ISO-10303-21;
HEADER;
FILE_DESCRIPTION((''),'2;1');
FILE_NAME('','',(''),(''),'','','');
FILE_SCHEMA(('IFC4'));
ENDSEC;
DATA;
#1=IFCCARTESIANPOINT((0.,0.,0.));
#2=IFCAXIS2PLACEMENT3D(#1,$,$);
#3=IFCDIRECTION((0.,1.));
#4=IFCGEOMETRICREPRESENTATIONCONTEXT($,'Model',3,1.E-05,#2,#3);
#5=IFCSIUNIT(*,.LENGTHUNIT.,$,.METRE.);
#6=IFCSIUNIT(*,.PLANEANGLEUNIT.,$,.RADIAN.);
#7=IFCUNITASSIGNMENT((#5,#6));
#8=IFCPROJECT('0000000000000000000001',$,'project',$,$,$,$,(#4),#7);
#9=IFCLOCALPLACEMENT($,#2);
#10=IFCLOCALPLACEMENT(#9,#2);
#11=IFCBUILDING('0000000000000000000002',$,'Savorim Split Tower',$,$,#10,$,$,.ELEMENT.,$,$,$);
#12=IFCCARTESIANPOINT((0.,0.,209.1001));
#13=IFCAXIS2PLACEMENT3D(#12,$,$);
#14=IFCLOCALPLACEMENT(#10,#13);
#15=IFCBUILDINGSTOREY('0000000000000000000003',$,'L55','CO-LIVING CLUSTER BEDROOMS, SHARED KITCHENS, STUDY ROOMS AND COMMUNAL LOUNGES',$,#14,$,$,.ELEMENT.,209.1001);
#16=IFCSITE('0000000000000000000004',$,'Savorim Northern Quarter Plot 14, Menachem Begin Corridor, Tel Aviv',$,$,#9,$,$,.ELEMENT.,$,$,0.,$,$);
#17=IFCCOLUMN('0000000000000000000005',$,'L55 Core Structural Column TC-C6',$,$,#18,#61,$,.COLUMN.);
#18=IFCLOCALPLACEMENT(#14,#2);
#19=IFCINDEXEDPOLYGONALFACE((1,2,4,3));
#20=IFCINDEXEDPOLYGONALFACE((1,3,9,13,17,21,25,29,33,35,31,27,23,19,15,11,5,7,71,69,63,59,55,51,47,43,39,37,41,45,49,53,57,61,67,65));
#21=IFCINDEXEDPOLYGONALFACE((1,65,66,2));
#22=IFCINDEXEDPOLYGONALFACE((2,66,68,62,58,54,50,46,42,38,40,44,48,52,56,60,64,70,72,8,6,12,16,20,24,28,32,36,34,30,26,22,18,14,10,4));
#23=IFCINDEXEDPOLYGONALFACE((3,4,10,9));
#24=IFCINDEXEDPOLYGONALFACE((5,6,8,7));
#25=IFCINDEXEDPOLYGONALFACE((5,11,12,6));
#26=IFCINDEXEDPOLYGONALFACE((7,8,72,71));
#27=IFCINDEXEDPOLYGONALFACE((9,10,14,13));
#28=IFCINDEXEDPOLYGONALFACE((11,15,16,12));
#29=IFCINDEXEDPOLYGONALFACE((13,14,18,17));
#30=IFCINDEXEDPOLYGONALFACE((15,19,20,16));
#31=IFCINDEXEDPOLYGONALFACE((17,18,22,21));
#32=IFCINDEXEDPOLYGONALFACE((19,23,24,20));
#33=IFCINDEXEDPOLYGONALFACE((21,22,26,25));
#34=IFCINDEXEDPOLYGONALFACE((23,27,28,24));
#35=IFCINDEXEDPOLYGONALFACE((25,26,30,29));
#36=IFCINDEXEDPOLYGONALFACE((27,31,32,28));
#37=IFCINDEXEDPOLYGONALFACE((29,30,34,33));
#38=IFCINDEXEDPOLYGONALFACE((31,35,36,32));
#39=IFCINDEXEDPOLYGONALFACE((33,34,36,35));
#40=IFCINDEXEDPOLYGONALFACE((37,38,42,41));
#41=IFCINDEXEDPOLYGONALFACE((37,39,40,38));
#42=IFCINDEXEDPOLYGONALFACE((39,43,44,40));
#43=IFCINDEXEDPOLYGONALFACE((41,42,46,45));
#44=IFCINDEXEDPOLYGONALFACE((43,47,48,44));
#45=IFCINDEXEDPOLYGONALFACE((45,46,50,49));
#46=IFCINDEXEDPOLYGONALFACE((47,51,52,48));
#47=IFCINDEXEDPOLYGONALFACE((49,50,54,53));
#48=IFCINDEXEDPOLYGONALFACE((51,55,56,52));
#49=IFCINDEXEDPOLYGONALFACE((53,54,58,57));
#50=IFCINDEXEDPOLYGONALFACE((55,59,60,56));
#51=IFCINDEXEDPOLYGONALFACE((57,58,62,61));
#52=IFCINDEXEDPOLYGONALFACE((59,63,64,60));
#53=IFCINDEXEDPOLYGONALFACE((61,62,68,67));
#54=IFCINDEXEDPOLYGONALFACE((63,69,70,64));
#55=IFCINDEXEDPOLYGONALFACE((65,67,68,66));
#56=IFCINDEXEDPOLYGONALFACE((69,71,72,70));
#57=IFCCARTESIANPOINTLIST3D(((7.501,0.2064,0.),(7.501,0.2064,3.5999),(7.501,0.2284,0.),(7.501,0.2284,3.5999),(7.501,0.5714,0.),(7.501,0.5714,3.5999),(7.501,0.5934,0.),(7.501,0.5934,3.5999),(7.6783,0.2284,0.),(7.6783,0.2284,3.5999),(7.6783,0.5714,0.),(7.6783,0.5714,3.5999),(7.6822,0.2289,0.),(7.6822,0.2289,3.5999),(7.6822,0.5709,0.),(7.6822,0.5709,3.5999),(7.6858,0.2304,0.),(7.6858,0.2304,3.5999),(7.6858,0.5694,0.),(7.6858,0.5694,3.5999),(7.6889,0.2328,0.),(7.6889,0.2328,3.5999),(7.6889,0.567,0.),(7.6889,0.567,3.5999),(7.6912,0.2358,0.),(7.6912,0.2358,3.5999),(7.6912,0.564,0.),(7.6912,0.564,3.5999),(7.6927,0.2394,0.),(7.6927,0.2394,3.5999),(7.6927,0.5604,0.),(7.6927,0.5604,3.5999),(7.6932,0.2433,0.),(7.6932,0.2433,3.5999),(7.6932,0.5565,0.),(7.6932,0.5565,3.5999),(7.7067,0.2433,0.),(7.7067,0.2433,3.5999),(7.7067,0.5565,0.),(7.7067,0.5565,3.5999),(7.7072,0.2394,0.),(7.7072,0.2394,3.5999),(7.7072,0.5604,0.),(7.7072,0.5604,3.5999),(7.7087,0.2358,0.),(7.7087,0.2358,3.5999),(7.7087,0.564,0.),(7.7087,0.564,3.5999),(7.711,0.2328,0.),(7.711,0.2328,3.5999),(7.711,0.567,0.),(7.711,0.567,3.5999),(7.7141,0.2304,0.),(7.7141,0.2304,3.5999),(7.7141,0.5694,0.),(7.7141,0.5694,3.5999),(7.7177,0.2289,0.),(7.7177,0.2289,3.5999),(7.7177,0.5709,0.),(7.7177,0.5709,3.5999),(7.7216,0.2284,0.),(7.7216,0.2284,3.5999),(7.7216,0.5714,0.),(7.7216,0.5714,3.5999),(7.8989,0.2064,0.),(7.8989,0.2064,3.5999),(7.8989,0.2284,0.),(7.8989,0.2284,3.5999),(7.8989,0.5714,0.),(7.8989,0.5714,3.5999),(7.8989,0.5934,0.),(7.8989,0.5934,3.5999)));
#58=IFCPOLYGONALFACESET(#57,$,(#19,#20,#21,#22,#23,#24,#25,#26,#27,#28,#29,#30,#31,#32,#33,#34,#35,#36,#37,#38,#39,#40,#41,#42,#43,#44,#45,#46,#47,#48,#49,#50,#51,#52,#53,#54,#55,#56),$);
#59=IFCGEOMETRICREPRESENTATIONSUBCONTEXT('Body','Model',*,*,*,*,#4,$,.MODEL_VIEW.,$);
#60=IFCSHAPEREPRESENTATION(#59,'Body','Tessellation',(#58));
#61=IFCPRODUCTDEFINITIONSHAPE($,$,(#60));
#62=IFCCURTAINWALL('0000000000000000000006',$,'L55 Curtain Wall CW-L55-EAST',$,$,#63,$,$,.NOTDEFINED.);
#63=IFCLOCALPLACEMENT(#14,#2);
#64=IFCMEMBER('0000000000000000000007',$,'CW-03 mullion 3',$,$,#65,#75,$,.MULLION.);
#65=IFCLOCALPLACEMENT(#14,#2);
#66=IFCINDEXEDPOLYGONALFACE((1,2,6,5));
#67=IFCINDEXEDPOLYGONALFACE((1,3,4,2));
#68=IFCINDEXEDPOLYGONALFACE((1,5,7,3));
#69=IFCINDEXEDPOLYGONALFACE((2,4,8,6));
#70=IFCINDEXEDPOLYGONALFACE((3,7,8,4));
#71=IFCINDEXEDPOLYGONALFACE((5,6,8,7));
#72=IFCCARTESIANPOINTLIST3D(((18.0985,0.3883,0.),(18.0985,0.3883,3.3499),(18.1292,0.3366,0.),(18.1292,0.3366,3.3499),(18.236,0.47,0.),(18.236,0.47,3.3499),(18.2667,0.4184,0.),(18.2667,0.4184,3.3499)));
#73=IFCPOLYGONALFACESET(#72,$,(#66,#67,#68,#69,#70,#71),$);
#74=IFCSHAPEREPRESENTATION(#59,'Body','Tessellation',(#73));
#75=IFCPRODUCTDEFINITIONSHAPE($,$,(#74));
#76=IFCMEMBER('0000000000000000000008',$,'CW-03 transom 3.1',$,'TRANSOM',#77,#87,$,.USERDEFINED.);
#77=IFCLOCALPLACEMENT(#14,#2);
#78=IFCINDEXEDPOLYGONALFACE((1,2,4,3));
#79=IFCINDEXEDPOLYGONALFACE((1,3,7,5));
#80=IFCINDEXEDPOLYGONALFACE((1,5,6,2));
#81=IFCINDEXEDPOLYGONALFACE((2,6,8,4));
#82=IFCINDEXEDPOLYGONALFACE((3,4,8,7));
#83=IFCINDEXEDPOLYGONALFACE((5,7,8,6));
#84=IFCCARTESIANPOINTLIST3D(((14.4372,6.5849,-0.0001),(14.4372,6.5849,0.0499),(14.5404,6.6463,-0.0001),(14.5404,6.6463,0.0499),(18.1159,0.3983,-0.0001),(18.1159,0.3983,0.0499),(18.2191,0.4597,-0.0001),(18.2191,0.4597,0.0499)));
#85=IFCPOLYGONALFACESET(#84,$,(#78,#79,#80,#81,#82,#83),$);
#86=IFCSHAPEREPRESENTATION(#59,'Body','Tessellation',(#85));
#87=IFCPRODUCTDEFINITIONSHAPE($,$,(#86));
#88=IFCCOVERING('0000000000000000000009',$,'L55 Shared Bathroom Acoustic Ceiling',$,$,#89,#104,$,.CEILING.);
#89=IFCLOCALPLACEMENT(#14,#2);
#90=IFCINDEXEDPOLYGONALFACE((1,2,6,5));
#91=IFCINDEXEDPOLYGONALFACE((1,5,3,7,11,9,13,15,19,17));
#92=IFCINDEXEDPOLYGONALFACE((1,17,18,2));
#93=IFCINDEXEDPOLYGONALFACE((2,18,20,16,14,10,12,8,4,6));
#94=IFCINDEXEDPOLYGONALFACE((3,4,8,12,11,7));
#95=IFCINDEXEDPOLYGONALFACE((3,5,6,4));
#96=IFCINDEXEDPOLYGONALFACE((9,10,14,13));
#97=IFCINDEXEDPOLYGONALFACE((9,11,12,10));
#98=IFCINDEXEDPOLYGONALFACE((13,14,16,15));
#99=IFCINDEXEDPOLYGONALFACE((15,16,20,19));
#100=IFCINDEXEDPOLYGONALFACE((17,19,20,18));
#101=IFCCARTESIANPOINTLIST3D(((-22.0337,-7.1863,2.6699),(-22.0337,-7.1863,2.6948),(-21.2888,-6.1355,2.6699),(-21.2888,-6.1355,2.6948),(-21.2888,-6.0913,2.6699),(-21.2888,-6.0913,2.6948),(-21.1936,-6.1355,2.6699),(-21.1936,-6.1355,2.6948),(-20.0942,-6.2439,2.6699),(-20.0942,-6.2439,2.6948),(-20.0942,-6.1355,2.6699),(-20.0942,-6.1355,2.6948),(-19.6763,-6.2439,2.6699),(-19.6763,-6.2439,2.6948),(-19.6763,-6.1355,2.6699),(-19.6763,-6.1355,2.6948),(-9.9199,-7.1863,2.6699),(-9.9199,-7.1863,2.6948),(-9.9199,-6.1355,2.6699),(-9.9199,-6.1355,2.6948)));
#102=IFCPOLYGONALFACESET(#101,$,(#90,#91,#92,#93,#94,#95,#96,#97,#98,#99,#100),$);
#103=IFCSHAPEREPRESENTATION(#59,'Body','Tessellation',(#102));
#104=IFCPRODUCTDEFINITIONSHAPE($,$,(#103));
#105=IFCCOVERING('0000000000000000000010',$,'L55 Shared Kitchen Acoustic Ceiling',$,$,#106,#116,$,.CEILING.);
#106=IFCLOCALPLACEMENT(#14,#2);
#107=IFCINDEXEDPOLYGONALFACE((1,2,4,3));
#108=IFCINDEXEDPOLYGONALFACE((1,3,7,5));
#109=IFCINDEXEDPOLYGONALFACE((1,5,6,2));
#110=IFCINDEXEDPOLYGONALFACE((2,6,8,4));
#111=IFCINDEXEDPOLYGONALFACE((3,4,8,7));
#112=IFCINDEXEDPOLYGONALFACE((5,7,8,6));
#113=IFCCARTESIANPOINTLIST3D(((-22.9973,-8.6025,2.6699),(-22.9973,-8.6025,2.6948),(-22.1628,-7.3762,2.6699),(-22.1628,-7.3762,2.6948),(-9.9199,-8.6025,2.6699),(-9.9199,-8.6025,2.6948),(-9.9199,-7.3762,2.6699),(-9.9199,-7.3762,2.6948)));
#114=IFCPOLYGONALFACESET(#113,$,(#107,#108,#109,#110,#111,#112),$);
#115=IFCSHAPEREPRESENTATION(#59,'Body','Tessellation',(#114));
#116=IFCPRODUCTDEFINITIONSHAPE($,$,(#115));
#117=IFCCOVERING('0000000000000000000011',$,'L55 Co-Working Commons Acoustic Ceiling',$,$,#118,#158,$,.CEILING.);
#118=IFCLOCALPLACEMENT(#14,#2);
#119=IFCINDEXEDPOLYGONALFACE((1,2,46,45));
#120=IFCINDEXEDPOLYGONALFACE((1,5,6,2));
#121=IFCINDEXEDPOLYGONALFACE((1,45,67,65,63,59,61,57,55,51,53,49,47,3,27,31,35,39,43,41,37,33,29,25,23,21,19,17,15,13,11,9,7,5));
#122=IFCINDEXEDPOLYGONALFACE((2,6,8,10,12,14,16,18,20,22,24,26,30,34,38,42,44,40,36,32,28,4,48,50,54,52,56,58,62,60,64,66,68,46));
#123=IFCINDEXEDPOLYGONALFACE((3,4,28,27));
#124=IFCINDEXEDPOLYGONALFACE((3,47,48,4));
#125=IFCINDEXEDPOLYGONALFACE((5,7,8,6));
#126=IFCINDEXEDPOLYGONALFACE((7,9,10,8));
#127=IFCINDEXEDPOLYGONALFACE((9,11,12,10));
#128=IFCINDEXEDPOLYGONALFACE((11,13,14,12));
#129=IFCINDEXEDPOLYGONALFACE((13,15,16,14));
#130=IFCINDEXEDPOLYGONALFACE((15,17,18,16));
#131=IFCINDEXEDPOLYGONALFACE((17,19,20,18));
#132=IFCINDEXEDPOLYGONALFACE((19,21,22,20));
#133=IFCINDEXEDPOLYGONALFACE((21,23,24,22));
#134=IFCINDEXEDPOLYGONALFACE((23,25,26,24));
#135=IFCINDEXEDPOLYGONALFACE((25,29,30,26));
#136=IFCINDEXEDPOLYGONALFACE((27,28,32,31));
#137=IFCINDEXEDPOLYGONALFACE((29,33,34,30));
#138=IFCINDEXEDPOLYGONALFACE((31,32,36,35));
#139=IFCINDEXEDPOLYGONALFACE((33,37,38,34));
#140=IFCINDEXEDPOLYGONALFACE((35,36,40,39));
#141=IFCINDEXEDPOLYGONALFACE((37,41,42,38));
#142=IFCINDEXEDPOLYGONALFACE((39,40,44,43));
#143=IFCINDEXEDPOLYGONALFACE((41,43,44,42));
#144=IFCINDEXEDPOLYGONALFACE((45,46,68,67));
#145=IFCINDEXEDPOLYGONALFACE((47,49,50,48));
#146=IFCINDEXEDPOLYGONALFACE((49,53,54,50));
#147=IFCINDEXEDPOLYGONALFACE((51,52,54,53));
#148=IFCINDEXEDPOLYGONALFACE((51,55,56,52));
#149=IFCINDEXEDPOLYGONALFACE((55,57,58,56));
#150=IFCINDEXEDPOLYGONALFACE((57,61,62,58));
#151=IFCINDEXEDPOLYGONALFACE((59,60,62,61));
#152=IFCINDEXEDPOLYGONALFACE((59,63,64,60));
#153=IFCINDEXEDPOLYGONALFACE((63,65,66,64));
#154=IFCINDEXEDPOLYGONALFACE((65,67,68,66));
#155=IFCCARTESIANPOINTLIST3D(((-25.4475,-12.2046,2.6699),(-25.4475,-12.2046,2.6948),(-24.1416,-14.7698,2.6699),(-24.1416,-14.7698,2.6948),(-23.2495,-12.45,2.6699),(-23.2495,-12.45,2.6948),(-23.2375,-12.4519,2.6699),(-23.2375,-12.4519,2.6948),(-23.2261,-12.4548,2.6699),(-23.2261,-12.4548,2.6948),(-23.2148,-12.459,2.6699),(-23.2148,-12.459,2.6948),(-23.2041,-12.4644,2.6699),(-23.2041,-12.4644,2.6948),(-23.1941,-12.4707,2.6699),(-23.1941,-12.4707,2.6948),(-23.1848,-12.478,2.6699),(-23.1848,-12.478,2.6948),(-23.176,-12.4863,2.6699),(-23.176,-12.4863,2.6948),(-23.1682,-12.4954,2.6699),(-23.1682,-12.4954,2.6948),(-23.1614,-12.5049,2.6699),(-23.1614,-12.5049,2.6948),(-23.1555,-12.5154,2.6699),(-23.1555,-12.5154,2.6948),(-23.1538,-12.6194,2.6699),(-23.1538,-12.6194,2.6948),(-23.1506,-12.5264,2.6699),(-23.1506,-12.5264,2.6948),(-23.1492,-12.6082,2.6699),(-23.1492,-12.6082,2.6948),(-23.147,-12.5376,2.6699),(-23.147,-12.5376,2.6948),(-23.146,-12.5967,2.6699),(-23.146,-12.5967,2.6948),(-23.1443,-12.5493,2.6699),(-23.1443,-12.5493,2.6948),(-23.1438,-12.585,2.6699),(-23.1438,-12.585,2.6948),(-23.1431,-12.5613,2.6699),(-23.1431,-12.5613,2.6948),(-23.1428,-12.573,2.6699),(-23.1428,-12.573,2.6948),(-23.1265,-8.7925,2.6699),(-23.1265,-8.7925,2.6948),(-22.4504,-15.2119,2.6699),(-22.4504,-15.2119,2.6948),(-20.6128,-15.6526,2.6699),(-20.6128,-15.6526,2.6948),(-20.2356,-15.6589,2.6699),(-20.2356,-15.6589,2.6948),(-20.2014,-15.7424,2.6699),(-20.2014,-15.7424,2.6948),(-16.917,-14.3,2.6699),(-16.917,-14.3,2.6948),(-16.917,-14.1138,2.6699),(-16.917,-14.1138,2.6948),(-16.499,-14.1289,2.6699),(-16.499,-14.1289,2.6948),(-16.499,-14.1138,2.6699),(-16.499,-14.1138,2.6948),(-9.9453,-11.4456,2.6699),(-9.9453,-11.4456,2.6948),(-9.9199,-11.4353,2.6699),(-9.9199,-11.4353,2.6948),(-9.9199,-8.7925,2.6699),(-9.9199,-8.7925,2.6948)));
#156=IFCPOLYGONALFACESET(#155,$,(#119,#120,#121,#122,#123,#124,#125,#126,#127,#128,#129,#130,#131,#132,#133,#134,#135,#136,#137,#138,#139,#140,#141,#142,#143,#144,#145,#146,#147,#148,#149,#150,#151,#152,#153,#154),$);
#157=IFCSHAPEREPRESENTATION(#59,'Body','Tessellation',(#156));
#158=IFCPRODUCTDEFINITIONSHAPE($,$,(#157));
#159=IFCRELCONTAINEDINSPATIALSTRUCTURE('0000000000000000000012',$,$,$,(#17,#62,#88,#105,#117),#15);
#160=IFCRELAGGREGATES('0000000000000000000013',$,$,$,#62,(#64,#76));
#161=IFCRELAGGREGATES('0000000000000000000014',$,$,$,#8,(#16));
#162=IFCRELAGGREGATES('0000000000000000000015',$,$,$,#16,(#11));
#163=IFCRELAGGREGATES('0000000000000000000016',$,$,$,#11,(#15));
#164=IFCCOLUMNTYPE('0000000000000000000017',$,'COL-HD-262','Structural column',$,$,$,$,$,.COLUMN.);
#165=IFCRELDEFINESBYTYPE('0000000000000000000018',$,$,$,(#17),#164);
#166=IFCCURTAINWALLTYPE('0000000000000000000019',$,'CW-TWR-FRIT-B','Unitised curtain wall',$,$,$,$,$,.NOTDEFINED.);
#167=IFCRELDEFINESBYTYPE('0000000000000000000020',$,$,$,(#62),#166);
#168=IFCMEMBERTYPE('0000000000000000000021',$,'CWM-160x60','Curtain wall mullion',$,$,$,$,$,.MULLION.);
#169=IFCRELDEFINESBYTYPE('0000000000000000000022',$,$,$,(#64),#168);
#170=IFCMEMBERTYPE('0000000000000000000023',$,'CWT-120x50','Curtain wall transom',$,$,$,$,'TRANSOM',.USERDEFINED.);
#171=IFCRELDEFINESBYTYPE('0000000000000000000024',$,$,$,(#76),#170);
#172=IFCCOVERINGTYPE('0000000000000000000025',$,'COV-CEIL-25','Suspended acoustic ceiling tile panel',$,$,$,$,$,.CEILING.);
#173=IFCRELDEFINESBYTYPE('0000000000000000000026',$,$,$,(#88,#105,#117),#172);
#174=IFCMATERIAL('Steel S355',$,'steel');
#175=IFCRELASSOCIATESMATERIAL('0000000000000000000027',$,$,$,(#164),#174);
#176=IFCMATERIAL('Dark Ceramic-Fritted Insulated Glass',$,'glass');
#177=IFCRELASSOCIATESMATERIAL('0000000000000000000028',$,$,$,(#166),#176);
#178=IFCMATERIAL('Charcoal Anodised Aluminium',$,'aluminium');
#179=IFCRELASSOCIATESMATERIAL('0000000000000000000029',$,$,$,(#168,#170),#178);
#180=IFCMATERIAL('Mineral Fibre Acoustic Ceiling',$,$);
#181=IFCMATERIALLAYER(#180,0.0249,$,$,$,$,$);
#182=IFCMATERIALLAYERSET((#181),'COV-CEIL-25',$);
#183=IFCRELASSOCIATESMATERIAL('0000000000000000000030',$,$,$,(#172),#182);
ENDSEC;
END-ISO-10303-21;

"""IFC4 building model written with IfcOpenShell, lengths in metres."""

from ifc_helpers import new_model, si_unit, direction, frame, origin, origin_2d, place, context, subcontext, project, spatial, polyline, rectangle, i_section, outline, extrude, material, layer, layer_set, material_profile, profile_set, type_object, element, aggregate, save


model = new_model("IFC4")

# Units and contexts
model_context = context("Model", 3, precision=1e-05, world=origin(), true_north=direction((0.0, 1.0)))
body_context = subcontext(model_context, "Body", "Model", "MODEL_VIEW")
ifc_project = project(units=[si_unit("LENGTHUNIT", "METRE"), si_unit("PLANEANGLEUNIT", "RADIAN")], contexts=[model_context])

# Site, building, storey
site_placement = place(None, origin())
site = spatial("IfcSite", under=ifc_project, at=site_placement, Name="Savorim Northern Quarter Plot 14, Menachem Begin Corridor, Tel Aviv", CompositionType="ELEMENT", RefElevation=0.0)
building_placement = place(site_placement, origin())
building = spatial("IfcBuilding", under=site, at=building_placement, Name="Savorim Split Tower", CompositionType="ELEMENT")
storey_placement = place(building_placement, frame((0.0, 0.0, 209.1001)))
storey = spatial("IfcBuildingStorey", under=building, at=storey_placement, Name="L55", Description="CO-LIVING CLUSTER BEDROOMS, SHARED KITCHENS, STUDY ROOMS AND COMMUNAL LOUNGES", CompositionType="ELEMENT", Elevation=209.1001)

# Column
ifc_material_1 = material(Name="Steel S355", Category="steel")
ifc_material_profile_1 = material_profile(ifc_material_1, i_section(OverallWidth=0.3979, OverallDepth=0.387, WebThickness=0.0134, FlangeThickness=0.022, FilletRadius=0.0149, at=origin_2d()), Name="HD 400x262")
ifc_profile_set_1 = profile_set([ifc_material_profile_1], Name="Steel S355")
column_type = type_object("IfcColumnType", Name="COL-HD-262", Description="Structural column", PredefinedType="COLUMN", material=ifc_profile_set_1)
column_placement = place(storey_placement, frame((7.7, 0.3999, 0.0), z_axis=(0.0, 0.0, 1.0), x_axis=(1.0, 0.0, 0.0)))
element("IfcColumn", 1, at=column_placement, inside=storey, type_object=column_type, Name="L55 Core Structural Column TC-C6", PredefinedType="COLUMN", context=body_context, shape_type="SweptSolid", body=[
    extrude(i_section(OverallWidth=0.3979, OverallDepth=0.387, WebThickness=0.0134, FlangeThickness=0.022, FilletRadius=0.0149, at=origin_2d()), origin(), (0.0, 0.0, 1.0), 3.5999),
])

# Curtain wall, members
ifc_material_2 = material(Name="Dark Ceramic-Fritted Insulated Glass", Category="glass")
curtain_wall_type = type_object("IfcCurtainWallType", Name="CW-TWR-FRIT-B", Description="Unitised curtain wall", PredefinedType="NOTDEFINED", material=ifc_material_2)
curtain_wall_placement = place(storey_placement, origin())
curtain_wall = element("IfcCurtainWall", 2, at=curtain_wall_placement, inside=storey, type_object=curtain_wall_type, Name="L55 Curtain Wall CW-L55-EAST", PredefinedType="NOTDEFINED")
ifc_material_3 = material(Name="Charcoal Anodised Aluminium", Category="aluminium")
ifc_material_profile_2 = material_profile(ifc_material_3, rectangle(XDim=0.1599, YDim=0.0601, at=origin_2d()), Name="ALU-M 160x60")
ifc_profile_set_2 = profile_set([ifc_material_profile_2], Name="Charcoal Anodised Aluminium")
member_type_1 = type_object("IfcMemberType", Name="CWM-160x60", Description="Curtain wall mullion", PredefinedType="MULLION", material=ifc_profile_set_2)
member_1_placement = place(storey_placement, frame((18.1826, 0.4033, 0.0), z_axis=(0.0, 0.0, 1.0), x_axis=(-0.859526, -0.511092, 0.0)))
member_1 = element("IfcMember", 3, at=member_1_placement, type_object=member_type_1, Name="CW-03 mullion 3", PredefinedType="MULLION", context=body_context, shape_type="SweptSolid", body=[
    extrude(rectangle(XDim=0.1599, YDim=0.0601, at=origin_2d()), origin(), (0.0, 0.0, 1.0), 3.3499),
])
ifc_material_profile_3 = material_profile(ifc_material_3, rectangle(XDim=0.1201, YDim=0.05, at=origin_2d()), Name="ALU-T 120x50")
ifc_profile_set_3 = profile_set([ifc_material_profile_3], Name="Charcoal Anodised Aluminium")
member_type_2 = type_object("IfcMemberType", Name="CWT-120x50", Description="Curtain wall transom", ElementType="TRANSOM", PredefinedType="USERDEFINED", material=ifc_profile_set_3)
member_2_placement = place(storey_placement, frame((18.1675, 0.429, 0.0249), z_axis=(-0.511085, 0.85953, 0.0), x_axis=(-0.85953, -0.511085, 0.0)))
member_2 = element("IfcMember", 4, at=member_2_placement, type_object=member_type_2, Name="CW-03 transom 3.1", ObjectType="TRANSOM", PredefinedType="USERDEFINED", context=body_context, shape_type="SweptSolid", body=[
    extrude(rectangle(XDim=0.1201, YDim=0.05, at=origin_2d()), origin(), (0.0, 0.0, 1.0), 7.1978),
])
aggregate(curtain_wall, [member_1, member_2])

# Coverings
ifc_material_4 = material(Name="Mineral Fibre Acoustic Ceiling")
ifc_layer_1 = layer(ifc_material_4, 0.0249)
ifc_layer_set_1 = layer_set([ifc_layer_1], Name="COV-CEIL-25")
covering_type_1 = type_object("IfcCoveringType", Name="COV-CEIL-25", Description="Suspended acoustic ceiling tile panel", PredefinedType="CEILING", material=ifc_layer_set_1)
covering_1_placement = place(storey_placement, frame((0.0, 0.0, 2.6699)))
element("IfcCovering", 5, at=covering_1_placement, inside=storey, type_object=covering_type_1, Name="L55 Shared Bathroom Acoustic Ceiling", PredefinedType="CEILING", context=body_context, shape_type="SweptSolid", body=[
    extrude(outline(polyline([(-21.1936, -6.1355), (-21.2888, -6.1355), (-21.2888, -6.0913), (-22.0337, -7.1863), (-9.9199, -7.1863), (-9.9199, -6.1355), (-19.6763, -6.1355), (-19.6763, -6.2439), (-20.0942, -6.2439), (-20.0942, -6.1355), (-21.1936, -6.1355)])), origin(), (0.0, 0.0, 1.0), 0.0249),
])
covering_2_placement = place(storey_placement, frame((0.0, 0.0, 2.6699)))
element("IfcCovering", 6, at=covering_2_placement, inside=storey, type_object=covering_type_1, Name="L55 Shared Kitchen Acoustic Ceiling", PredefinedType="CEILING", context=body_context, shape_type="SweptSolid", body=[
    extrude(outline(polyline([(-9.9199, -8.6025), (-9.9199, -7.3762), (-22.1628, -7.3762), (-22.9973, -8.6025), (-9.9199, -8.6025)])), origin(), (0.0, 0.0, 1.0), 0.0249),
])
covering_3_placement = place(storey_placement, frame((0.0, 0.0, 2.6699)))
element("IfcCovering", 7, at=covering_3_placement, inside=storey, type_object=covering_type_1, Name="L55 Co-Working Commons Acoustic Ceiling", PredefinedType="CEILING", context=body_context, shape_type="SweptSolid", body=[
    extrude(outline(polyline([(-23.1431, -12.5613), (-23.1428, -12.573), (-23.1438, -12.585), (-23.146, -12.5967), (-23.1492, -12.6082), (-23.1538, -12.6194), (-24.1416, -14.7698), (-22.4504, -15.2119), (-20.6128, -15.6526), (-20.2014, -15.7424), (-20.2356, -15.6589), (-16.917, -14.3), (-16.917, -14.1138), (-16.499, -14.1138), (-16.499, -14.1289), (-9.9453, -11.4456), (-9.9199, -11.4353), (-9.9199, -8.7925), (-23.1265, -8.7925), (-25.4475, -12.2046), (-23.2495, -12.45), (-23.2375, -12.4519), (-23.2261, -12.4548), (-23.2148, -12.459), (-23.2041, -12.4644), (-23.1941, -12.4707), (-23.1848, -12.478), (-23.176, -12.4863), (-23.1682, -12.4954), (-23.1614, -12.5049), (-23.1555, -12.5154), (-23.1506, -12.5264), (-23.147, -12.5376), (-23.1443, -12.5493), (-23.1431, -12.5613)])), origin(), (0.0, 0.0, 1.0), 0.0249),
])

save(model, "model.ifc")
